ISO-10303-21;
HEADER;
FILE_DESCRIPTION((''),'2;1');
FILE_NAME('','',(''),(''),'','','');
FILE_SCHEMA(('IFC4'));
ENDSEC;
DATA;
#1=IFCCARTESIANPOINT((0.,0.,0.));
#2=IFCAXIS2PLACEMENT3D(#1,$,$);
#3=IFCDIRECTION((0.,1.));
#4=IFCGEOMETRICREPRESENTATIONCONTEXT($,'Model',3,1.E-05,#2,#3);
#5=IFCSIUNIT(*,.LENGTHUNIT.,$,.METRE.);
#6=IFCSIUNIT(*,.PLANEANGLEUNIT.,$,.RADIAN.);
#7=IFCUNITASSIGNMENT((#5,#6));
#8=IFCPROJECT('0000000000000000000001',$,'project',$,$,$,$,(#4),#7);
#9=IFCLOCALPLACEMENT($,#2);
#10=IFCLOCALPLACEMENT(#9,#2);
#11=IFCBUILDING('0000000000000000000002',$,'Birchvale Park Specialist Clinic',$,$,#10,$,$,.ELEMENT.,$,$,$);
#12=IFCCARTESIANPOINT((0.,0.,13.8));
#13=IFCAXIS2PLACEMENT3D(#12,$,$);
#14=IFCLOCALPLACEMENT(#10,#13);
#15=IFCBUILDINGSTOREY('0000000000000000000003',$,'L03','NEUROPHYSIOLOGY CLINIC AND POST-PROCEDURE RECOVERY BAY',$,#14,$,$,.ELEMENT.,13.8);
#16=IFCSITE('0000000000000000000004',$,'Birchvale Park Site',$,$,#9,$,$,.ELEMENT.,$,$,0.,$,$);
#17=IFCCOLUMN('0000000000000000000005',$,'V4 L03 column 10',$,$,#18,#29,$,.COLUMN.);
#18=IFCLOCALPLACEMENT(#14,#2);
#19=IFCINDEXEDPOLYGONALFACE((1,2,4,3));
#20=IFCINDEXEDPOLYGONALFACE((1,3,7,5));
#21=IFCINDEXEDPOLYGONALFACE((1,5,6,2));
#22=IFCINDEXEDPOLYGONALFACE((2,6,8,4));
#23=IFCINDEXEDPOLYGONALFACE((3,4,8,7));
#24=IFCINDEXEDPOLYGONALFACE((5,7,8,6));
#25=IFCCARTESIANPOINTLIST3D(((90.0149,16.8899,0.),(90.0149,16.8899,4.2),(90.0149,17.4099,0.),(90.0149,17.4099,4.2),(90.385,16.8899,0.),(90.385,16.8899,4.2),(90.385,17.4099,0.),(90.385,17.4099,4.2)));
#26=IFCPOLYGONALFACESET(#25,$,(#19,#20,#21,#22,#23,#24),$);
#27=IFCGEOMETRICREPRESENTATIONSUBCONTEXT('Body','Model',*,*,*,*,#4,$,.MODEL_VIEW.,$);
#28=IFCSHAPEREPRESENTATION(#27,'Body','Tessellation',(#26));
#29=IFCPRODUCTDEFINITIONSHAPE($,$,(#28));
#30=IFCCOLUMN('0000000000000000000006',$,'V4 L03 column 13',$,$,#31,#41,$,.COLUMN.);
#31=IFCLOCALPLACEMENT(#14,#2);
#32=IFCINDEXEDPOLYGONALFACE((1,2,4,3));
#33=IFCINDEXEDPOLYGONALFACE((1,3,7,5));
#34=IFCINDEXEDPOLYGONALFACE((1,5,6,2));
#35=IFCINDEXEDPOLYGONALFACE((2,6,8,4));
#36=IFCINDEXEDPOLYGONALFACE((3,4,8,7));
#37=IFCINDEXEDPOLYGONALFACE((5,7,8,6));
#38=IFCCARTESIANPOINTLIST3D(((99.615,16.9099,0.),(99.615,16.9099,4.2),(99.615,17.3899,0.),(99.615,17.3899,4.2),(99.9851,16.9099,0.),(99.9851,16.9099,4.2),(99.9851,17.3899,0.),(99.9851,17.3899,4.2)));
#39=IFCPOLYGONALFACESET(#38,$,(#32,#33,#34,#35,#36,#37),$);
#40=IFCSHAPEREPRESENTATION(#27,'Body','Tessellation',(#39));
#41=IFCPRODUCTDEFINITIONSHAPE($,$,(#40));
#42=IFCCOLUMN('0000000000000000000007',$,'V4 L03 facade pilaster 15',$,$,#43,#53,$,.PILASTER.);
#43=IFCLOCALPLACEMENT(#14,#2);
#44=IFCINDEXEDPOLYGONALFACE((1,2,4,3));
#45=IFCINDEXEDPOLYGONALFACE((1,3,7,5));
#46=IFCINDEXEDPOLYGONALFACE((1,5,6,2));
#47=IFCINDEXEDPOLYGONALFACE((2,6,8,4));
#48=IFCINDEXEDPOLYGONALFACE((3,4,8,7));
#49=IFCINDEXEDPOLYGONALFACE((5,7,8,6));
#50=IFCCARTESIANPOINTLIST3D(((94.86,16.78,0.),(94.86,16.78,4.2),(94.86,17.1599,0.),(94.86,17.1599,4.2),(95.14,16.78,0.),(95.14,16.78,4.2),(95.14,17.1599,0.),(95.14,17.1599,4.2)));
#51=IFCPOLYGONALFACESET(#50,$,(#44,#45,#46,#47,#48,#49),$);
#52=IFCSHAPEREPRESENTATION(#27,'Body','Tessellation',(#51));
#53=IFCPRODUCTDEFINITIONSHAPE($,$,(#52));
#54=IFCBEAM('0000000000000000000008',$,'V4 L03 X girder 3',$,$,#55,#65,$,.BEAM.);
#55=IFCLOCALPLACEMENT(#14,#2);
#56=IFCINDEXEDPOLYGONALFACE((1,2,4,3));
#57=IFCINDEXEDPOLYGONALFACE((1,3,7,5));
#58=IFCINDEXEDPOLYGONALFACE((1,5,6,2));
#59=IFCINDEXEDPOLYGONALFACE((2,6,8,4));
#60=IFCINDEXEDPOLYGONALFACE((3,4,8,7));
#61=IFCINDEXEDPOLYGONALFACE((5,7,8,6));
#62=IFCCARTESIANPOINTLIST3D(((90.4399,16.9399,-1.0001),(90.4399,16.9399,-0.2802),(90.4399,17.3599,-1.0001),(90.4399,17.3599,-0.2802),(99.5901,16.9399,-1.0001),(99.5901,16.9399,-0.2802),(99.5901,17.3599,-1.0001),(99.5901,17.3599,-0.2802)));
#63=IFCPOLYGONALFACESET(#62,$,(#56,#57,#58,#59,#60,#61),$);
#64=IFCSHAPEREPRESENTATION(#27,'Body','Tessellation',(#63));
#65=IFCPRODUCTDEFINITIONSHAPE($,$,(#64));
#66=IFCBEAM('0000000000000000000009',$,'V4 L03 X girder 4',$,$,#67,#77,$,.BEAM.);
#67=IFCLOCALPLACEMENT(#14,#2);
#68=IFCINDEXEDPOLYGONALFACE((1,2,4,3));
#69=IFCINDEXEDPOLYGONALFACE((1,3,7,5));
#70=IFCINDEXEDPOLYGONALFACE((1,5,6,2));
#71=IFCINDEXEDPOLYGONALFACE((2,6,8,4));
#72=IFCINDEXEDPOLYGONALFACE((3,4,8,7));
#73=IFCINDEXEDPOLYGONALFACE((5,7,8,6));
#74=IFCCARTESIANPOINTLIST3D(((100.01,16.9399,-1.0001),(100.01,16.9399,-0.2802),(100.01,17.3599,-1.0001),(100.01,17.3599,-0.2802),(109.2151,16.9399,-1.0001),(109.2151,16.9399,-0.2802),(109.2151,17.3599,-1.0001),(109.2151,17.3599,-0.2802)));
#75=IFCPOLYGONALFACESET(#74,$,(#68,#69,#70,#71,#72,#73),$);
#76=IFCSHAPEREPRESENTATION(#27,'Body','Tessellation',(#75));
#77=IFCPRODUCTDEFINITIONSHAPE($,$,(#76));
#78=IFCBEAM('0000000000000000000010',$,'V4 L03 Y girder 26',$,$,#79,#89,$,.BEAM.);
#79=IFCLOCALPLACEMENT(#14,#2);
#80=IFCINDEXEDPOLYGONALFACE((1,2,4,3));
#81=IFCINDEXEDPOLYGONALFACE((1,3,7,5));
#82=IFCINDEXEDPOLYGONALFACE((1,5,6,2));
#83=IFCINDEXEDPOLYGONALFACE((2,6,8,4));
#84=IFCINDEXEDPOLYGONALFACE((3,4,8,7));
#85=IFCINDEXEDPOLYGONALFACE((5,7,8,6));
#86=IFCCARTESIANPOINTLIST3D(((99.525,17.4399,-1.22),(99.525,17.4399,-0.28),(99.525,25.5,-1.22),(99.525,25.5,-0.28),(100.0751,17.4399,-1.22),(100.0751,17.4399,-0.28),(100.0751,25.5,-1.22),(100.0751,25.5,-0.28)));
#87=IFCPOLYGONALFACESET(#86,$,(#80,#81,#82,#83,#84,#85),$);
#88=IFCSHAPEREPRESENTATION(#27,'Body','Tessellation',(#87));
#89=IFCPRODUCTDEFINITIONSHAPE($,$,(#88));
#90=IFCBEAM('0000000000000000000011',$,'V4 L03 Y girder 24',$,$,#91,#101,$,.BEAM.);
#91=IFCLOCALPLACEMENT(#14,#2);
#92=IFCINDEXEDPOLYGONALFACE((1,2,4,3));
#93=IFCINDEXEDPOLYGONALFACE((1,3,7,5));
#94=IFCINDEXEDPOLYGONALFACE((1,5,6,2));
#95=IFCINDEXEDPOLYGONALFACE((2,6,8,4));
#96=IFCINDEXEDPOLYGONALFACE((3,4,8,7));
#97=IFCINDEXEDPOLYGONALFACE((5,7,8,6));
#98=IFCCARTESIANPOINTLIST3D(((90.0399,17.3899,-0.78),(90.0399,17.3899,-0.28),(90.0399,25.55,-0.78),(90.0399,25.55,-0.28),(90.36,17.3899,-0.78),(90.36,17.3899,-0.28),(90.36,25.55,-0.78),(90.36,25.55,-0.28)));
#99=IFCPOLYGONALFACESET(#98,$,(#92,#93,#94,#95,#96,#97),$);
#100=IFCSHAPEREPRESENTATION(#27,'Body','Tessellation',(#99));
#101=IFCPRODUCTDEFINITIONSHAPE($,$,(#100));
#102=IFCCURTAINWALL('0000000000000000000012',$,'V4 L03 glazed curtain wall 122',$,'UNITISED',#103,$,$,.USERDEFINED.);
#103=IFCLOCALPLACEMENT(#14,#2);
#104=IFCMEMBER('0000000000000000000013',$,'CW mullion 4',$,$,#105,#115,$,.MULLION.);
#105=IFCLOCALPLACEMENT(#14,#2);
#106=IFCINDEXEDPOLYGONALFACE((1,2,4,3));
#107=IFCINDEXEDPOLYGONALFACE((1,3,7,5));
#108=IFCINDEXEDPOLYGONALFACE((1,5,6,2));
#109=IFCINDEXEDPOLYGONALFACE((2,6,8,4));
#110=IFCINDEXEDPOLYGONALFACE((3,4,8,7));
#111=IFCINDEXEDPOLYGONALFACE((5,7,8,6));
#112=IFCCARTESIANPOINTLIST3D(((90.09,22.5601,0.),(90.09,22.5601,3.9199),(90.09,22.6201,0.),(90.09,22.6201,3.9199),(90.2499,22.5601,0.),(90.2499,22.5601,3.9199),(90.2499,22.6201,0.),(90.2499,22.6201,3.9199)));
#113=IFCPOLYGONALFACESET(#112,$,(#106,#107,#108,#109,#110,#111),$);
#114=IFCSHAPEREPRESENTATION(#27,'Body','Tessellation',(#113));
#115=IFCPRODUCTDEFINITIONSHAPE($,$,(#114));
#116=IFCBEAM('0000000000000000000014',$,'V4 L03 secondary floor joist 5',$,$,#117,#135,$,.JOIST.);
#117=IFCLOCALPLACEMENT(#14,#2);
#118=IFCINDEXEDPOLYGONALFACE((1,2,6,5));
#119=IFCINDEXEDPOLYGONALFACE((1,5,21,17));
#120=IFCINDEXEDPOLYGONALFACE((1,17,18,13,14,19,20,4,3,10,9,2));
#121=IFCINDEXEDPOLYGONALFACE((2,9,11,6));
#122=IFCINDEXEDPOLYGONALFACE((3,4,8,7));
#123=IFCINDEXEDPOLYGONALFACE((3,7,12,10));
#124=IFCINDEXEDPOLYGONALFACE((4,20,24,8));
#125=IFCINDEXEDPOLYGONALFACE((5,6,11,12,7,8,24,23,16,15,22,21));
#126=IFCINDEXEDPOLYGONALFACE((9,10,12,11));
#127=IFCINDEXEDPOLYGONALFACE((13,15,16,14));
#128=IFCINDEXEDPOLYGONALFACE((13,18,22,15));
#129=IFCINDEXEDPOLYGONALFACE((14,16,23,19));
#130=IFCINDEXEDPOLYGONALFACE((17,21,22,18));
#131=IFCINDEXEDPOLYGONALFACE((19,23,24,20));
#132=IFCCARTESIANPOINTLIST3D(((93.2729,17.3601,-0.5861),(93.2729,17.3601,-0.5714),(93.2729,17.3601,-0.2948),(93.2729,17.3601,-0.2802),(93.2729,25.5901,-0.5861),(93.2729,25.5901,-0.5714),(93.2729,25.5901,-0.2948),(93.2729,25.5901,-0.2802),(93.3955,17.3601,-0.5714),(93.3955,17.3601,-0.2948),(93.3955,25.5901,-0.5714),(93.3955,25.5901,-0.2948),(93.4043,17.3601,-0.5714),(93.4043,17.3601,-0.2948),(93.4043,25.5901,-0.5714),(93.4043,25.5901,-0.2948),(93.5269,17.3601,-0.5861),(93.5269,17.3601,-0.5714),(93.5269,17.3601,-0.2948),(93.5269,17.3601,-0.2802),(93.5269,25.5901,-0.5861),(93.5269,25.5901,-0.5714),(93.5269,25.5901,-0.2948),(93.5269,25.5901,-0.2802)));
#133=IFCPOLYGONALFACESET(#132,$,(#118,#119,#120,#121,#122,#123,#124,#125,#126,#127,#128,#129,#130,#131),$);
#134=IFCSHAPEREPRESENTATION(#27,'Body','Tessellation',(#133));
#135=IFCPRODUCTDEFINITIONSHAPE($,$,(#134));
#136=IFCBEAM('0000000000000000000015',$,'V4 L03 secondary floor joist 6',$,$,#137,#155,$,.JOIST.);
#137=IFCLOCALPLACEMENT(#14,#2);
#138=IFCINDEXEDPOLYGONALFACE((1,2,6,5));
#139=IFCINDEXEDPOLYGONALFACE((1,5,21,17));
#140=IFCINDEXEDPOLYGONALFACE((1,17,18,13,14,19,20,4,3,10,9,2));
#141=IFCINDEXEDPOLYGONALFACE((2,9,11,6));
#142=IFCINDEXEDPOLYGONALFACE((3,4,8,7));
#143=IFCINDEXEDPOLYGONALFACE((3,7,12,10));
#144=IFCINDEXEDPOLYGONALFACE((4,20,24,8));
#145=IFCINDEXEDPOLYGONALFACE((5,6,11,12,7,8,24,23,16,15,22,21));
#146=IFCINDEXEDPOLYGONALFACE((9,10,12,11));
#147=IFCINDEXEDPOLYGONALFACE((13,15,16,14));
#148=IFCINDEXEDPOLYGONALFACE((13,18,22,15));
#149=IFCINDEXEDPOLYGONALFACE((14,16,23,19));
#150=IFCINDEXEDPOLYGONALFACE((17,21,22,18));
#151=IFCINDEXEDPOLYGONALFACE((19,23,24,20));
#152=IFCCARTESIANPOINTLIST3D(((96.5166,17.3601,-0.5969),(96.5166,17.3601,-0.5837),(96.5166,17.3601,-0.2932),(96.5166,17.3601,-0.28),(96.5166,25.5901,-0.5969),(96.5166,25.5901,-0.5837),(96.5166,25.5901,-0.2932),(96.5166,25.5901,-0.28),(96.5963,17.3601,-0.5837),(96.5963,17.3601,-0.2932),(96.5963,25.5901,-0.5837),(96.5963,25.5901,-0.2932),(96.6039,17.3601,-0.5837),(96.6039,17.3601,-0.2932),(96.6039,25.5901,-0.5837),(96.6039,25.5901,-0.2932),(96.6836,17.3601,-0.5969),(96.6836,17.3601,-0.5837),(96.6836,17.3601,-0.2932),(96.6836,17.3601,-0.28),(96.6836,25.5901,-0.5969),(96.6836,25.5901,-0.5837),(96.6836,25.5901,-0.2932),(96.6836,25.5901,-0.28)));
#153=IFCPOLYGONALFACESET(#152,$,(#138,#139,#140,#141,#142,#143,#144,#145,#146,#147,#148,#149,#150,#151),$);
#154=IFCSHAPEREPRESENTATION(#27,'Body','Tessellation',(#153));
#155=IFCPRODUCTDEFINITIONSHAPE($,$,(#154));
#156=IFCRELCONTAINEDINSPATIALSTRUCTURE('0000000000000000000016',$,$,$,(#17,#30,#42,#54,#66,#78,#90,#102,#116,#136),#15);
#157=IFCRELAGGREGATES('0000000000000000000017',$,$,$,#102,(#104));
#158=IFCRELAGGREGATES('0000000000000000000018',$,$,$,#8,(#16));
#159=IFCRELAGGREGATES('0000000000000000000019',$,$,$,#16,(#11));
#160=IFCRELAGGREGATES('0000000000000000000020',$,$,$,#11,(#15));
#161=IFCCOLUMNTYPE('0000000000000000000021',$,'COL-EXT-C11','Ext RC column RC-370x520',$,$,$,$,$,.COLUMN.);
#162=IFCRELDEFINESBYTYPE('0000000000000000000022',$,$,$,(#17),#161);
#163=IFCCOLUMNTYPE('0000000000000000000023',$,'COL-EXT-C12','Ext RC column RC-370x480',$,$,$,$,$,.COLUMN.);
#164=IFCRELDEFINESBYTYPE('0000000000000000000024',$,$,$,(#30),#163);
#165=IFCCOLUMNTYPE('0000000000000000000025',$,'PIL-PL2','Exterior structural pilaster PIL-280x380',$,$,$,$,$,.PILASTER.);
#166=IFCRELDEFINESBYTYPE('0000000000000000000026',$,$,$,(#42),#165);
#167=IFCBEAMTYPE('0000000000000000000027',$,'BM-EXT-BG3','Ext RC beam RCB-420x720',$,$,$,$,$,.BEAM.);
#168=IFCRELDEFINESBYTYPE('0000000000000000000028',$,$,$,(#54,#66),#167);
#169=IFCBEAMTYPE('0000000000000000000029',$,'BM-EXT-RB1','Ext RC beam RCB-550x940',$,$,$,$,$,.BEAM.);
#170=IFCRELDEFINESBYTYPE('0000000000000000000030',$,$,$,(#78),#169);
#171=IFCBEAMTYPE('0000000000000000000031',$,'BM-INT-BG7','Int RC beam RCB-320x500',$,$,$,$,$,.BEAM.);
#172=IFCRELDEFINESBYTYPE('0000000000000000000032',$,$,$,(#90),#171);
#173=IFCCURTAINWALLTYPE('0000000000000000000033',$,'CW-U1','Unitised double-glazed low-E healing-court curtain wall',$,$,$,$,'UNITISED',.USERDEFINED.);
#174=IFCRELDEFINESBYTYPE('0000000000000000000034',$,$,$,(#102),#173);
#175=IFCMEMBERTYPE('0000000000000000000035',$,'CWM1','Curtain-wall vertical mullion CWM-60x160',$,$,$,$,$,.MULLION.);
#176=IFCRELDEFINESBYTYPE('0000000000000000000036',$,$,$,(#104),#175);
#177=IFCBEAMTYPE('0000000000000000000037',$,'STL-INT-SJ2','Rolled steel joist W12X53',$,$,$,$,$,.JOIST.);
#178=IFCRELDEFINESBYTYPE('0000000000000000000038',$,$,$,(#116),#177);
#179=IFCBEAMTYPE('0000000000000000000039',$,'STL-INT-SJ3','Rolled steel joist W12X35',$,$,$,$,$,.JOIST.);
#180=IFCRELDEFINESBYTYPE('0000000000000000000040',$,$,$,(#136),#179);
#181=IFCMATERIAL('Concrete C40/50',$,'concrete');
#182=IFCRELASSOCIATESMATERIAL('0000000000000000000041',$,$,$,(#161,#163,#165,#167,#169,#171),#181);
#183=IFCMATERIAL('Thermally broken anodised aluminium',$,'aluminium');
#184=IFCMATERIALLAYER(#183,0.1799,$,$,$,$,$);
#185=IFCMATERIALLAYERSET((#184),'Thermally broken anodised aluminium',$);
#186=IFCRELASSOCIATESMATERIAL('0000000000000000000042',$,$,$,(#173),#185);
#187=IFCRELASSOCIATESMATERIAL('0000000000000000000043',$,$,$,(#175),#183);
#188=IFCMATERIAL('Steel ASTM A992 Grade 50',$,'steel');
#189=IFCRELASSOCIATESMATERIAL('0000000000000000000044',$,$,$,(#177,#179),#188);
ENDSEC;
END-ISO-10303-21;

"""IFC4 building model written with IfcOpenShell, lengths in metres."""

from ifc_helpers import new_model, si_unit, direction, frame, origin, origin_2d, place, context, subcontext, project, spatial, rectangle, i_section, extrude, material, layer, layer_set, material_profile, profile_set, type_object, element, aggregate, save


model = new_model("IFC4")

# Units and contexts
model_context = context("Model", 3, precision=1e-05, world=origin(), true_north=direction((0.0, 1.0)))
body_context = subcontext(model_context, "Body", "Model", "MODEL_VIEW")
ifc_project = project(units=[si_unit("LENGTHUNIT", "METRE"), si_unit("PLANEANGLEUNIT", "RADIAN")], contexts=[model_context])

# Site, building, storey
site_placement = place(None, origin())
site = spatial("IfcSite", under=ifc_project, at=site_placement, Name="Birchvale Park Site", CompositionType="ELEMENT", RefElevation=0.0)
building_placement = place(site_placement, origin())
building = spatial("IfcBuilding", under=site, at=building_placement, Name="Birchvale Park Specialist Clinic", CompositionType="ELEMENT")
storey_placement = place(building_placement, frame((0.0, 0.0, 13.8)))
storey = spatial("IfcBuildingStorey", under=building, at=storey_placement, Name="L03", Description="NEUROPHYSIOLOGY CLINIC AND POST-PROCEDURE RECOVERY BAY", CompositionType="ELEMENT", Elevation=13.8)

# Columns
ifc_material_1 = material(Name="Concrete C40/50", Category="concrete")
ifc_material_profile_1 = material_profile(ifc_material_1, rectangle(XDim=0.3701, YDim=0.52, at=origin_2d()), Name="RC-370x520")
ifc_profile_set_1 = profile_set([ifc_material_profile_1], Name="Concrete C40/50")
column_type_1 = type_object("IfcColumnType", Name="COL-EXT-C11", Description="Ext RC column RC-370x520", PredefinedType="COLUMN", material=ifc_profile_set_1)
column_1_placement = place(storey_placement, frame((90.2, 17.1499, 0.0), z_axis=(0.0, 0.0, 1.0), x_axis=(1.0, 0.0, 0.0)))
element("IfcColumn", 1, at=column_1_placement, inside=storey, type_object=column_type_1, Name="V4 L03 column 10", PredefinedType="COLUMN", context=body_context, shape_type="SweptSolid", body=[
    extrude(rectangle(XDim=0.3701, YDim=0.52, at=origin_2d()), origin(), (0.0, 0.0, 1.0), 4.2),
])
ifc_material_profile_2 = material_profile(ifc_material_1, rectangle(XDim=0.3701, YDim=0.48, at=origin_2d()), Name="RC-370x480")
ifc_profile_set_2 = profile_set([ifc_material_profile_2], Name="Concrete C40/50")
column_type_2 = type_object("IfcColumnType", Name="COL-EXT-C12", Description="Ext RC column RC-370x480", PredefinedType="COLUMN", material=ifc_profile_set_2)
column_2_placement = place(storey_placement, frame((99.8, 17.1499, 0.0), z_axis=(0.0, 0.0, 1.0), x_axis=(1.0, 0.0, 0.0)))
element("IfcColumn", 2, at=column_2_placement, inside=storey, type_object=column_type_2, Name="V4 L03 column 13", PredefinedType="COLUMN", context=body_context, shape_type="SweptSolid", body=[
    extrude(rectangle(XDim=0.3701, YDim=0.48, at=origin_2d()), origin(), (0.0, 0.0, 1.0), 4.2),
])
ifc_material_profile_3 = material_profile(ifc_material_1, rectangle(XDim=0.28, YDim=0.3799, at=origin_2d()), Name="PIL-280x380")
ifc_profile_set_3 = profile_set([ifc_material_profile_3], Name="Concrete C40/50")
column_type_3 = type_object("IfcColumnType", Name="PIL-PL2", Description="Exterior structural pilaster PIL-280x380", PredefinedType="PILASTER", material=ifc_profile_set_3)
column_3_placement = place(storey_placement, frame((95.0, 16.97, 0.0), z_axis=(0.0, 0.0, 1.0), x_axis=(1.0, 0.0, 0.0)))
element("IfcColumn", 3, at=column_3_placement, inside=storey, type_object=column_type_3, Name="V4 L03 facade pilaster 15", PredefinedType="PILASTER", context=body_context, shape_type="SweptSolid", body=[
    extrude(rectangle(XDim=0.28, YDim=0.3799, at=origin_2d()), origin(), (0.0, 0.0, 1.0), 4.2),
])

# Beams
ifc_material_profile_4 = material_profile(ifc_material_1, rectangle(XDim=0.4199, YDim=0.72, at=origin_2d()), Name="RCB-420x720")
ifc_profile_set_4 = profile_set([ifc_material_profile_4], Name="Concrete C40/50")
beam_type_1 = type_object("IfcBeamType", Name="BM-EXT-BG3", Description="Ext RC beam RCB-420x720", PredefinedType="BEAM", material=ifc_profile_set_4)
beam_1_placement = place(storey_placement, frame((90.4399, 17.1499, -0.6401), z_axis=(1.0, 0.0, 0.0), x_axis=(0.0, 1.0, 0.0)))
element("IfcBeam", 4, at=beam_1_placement, inside=storey, type_object=beam_type_1, Name="V4 L03 X girder 3", PredefinedType="BEAM", context=body_context, shape_type="SweptSolid", body=[
    extrude(rectangle(XDim=0.4199, YDim=0.72, at=origin_2d()), origin(), (0.0, 0.0, 1.0), 9.1501),
])
beam_2_placement = place(storey_placement, frame((100.01, 17.1499, -0.6401), z_axis=(1.0, 0.0, 0.0), x_axis=(0.0, 1.0, 0.0)))
element("IfcBeam", 5, at=beam_2_placement, inside=storey, type_object=beam_type_1, Name="V4 L03 X girder 4", PredefinedType="BEAM", context=body_context, shape_type="SweptSolid", body=[
    extrude(rectangle(XDim=0.4199, YDim=0.72, at=origin_2d()), origin(), (0.0, 0.0, 1.0), 9.2051),
])
ifc_material_profile_5 = material_profile(ifc_material_1, rectangle(XDim=0.55, YDim=0.9399, at=origin_2d()), Name="RCB-550x940")
ifc_profile_set_5 = profile_set([ifc_material_profile_5], Name="Concrete C40/50")
beam_type_2 = type_object("IfcBeamType", Name="BM-EXT-RB1", Description="Ext RC beam RCB-550x940", PredefinedType="BEAM", material=ifc_profile_set_5)
beam_3_placement = place(storey_placement, frame((99.8, 17.4399, -0.75), z_axis=(0.0, 1.0, 0.0), x_axis=(-1.0, 0.0, 0.0)))
element("IfcBeam", 6, at=beam_3_placement, inside=storey, type_object=beam_type_2, Name="V4 L03 Y girder 26", PredefinedType="BEAM", context=body_context, shape_type="SweptSolid", body=[
    extrude(rectangle(XDim=0.55, YDim=0.9399, at=origin_2d()), origin(), (0.0, 0.0, 1.0), 8.0601),
])
ifc_material_profile_6 = material_profile(ifc_material_1, rectangle(XDim=0.3201, YDim=0.5, at=origin_2d()), Name="RCB-320x500")
ifc_profile_set_6 = profile_set([ifc_material_profile_6], Name="Concrete C40/50")
beam_type_3 = type_object("IfcBeamType", Name="BM-INT-BG7", Description="Int RC beam RCB-320x500", PredefinedType="BEAM", material=ifc_profile_set_6)
beam_4_placement = place(storey_placement, frame((90.2, 17.3899, -0.53), z_axis=(0.0, 1.0, 0.0), x_axis=(-1.0, 0.0, 0.0)))
element("IfcBeam", 7, at=beam_4_placement, inside=storey, type_object=beam_type_3, Name="V4 L03 Y girder 24", PredefinedType="BEAM", context=body_context, shape_type="SweptSolid", body=[
    extrude(rectangle(XDim=0.3201, YDim=0.5, at=origin_2d()), origin(), (0.0, 0.0, 1.0), 8.1602),
])

# Curtain wall, member
ifc_material_2 = material(Name="Thermally broken anodised aluminium", Category="aluminium")
ifc_layer_1 = layer(ifc_material_2, 0.1799)
ifc_layer_set_1 = layer_set([ifc_layer_1], Name="Thermally broken anodised aluminium")
curtain_wall_type = type_object("IfcCurtainWallType", Name="CW-U1", Description="Unitised double-glazed low-E healing-court curtain wall", ElementType="UNITISED", PredefinedType="USERDEFINED", material=ifc_layer_set_1)
curtain_wall_placement = place(storey_placement, origin())
curtain_wall = element("IfcCurtainWall", 8, at=curtain_wall_placement, inside=storey, type_object=curtain_wall_type, Name="V4 L03 glazed curtain wall 122", ObjectType="UNITISED", PredefinedType="USERDEFINED")
ifc_material_profile_7 = material_profile(ifc_material_2, rectangle(XDim=0.0601, YDim=0.1599, at=origin_2d()), Name="CWM-60x160")
ifc_profile_set_7 = profile_set([ifc_material_profile_7], Name="Thermally broken anodised aluminium")
member_type = type_object("IfcMemberType", Name="CWM1", Description="Curtain-wall vertical mullion CWM-60x160", PredefinedType="MULLION", material=ifc_profile_set_7)
member_placement = place(storey_placement, frame((90.1699, 22.5901, 0.0), z_axis=(0.0, 0.0, 1.0), x_axis=(0.0, 1.0, 0.0)))
member = element("IfcMember", 9, at=member_placement, type_object=member_type, Name="CW mullion 4", PredefinedType="MULLION", context=body_context, shape_type="SweptSolid", body=[
    extrude(rectangle(XDim=0.0601, YDim=0.1599, at=origin_2d()), origin(), (0.0, 0.0, 1.0), 3.9199),
])
aggregate(curtain_wall, [member])

# Beams
ifc_material_3 = material(Name="Steel ASTM A992 Grade 50", Category="steel")
ifc_material_profile_8 = material_profile(ifc_material_3, i_section(OverallWidth=0.2539, OverallDepth=0.3059, WebThickness=0.0088, FlangeThickness=0.0146, at=origin_2d()), Name="W12X53")
ifc_profile_set_8 = profile_set([ifc_material_profile_8], Name="Steel ASTM A992 Grade 50")
beam_type_4 = type_object("IfcBeamType", Name="STL-INT-SJ2", Description="Rolled steel joist W12X53", PredefinedType="JOIST", material=ifc_profile_set_8)
beam_5_placement = place(storey_placement, frame((93.3999, 17.3601, -0.4331), z_axis=(0.0, 1.0, 0.0), x_axis=(-1.0, 0.0, 0.0)))
element("IfcBeam", 10, at=beam_5_placement, inside=storey, type_object=beam_type_4, Name="V4 L03 secondary floor joist 5", PredefinedType="JOIST", context=body_context, shape_type="SweptSolid", body=[
    extrude(i_section(OverallWidth=0.2539, OverallDepth=0.3059, WebThickness=0.0088, FlangeThickness=0.0146, at=origin_2d()), origin(), (0.0, 0.0, 1.0), 8.23),
])
ifc_material_profile_9 = material_profile(ifc_material_3, i_section(OverallWidth=0.167, OverallDepth=0.3169, WebThickness=0.0076, FlangeThickness=0.0132, at=origin_2d()), Name="W12X35")
ifc_profile_set_9 = profile_set([ifc_material_profile_9], Name="Steel ASTM A992 Grade 50")
beam_type_5 = type_object("IfcBeamType", Name="STL-INT-SJ3", Description="Rolled steel joist W12X35", PredefinedType="JOIST", material=ifc_profile_set_9)
beam_6_placement = place(storey_placement, frame((96.6001, 17.3601, -0.4385), z_axis=(0.0, 1.0, 0.0), x_axis=(-1.0, 0.0, 0.0)))
element("IfcBeam", 11, at=beam_6_placement, inside=storey, type_object=beam_type_5, Name="V4 L03 secondary floor joist 6", PredefinedType="JOIST", context=body_context, shape_type="SweptSolid", body=[
    extrude(i_section(OverallWidth=0.167, OverallDepth=0.3169, WebThickness=0.0076, FlangeThickness=0.0132, at=origin_2d()), origin(), (0.0, 0.0, 1.0), 8.23),
])

save(model, "model.ifc")
